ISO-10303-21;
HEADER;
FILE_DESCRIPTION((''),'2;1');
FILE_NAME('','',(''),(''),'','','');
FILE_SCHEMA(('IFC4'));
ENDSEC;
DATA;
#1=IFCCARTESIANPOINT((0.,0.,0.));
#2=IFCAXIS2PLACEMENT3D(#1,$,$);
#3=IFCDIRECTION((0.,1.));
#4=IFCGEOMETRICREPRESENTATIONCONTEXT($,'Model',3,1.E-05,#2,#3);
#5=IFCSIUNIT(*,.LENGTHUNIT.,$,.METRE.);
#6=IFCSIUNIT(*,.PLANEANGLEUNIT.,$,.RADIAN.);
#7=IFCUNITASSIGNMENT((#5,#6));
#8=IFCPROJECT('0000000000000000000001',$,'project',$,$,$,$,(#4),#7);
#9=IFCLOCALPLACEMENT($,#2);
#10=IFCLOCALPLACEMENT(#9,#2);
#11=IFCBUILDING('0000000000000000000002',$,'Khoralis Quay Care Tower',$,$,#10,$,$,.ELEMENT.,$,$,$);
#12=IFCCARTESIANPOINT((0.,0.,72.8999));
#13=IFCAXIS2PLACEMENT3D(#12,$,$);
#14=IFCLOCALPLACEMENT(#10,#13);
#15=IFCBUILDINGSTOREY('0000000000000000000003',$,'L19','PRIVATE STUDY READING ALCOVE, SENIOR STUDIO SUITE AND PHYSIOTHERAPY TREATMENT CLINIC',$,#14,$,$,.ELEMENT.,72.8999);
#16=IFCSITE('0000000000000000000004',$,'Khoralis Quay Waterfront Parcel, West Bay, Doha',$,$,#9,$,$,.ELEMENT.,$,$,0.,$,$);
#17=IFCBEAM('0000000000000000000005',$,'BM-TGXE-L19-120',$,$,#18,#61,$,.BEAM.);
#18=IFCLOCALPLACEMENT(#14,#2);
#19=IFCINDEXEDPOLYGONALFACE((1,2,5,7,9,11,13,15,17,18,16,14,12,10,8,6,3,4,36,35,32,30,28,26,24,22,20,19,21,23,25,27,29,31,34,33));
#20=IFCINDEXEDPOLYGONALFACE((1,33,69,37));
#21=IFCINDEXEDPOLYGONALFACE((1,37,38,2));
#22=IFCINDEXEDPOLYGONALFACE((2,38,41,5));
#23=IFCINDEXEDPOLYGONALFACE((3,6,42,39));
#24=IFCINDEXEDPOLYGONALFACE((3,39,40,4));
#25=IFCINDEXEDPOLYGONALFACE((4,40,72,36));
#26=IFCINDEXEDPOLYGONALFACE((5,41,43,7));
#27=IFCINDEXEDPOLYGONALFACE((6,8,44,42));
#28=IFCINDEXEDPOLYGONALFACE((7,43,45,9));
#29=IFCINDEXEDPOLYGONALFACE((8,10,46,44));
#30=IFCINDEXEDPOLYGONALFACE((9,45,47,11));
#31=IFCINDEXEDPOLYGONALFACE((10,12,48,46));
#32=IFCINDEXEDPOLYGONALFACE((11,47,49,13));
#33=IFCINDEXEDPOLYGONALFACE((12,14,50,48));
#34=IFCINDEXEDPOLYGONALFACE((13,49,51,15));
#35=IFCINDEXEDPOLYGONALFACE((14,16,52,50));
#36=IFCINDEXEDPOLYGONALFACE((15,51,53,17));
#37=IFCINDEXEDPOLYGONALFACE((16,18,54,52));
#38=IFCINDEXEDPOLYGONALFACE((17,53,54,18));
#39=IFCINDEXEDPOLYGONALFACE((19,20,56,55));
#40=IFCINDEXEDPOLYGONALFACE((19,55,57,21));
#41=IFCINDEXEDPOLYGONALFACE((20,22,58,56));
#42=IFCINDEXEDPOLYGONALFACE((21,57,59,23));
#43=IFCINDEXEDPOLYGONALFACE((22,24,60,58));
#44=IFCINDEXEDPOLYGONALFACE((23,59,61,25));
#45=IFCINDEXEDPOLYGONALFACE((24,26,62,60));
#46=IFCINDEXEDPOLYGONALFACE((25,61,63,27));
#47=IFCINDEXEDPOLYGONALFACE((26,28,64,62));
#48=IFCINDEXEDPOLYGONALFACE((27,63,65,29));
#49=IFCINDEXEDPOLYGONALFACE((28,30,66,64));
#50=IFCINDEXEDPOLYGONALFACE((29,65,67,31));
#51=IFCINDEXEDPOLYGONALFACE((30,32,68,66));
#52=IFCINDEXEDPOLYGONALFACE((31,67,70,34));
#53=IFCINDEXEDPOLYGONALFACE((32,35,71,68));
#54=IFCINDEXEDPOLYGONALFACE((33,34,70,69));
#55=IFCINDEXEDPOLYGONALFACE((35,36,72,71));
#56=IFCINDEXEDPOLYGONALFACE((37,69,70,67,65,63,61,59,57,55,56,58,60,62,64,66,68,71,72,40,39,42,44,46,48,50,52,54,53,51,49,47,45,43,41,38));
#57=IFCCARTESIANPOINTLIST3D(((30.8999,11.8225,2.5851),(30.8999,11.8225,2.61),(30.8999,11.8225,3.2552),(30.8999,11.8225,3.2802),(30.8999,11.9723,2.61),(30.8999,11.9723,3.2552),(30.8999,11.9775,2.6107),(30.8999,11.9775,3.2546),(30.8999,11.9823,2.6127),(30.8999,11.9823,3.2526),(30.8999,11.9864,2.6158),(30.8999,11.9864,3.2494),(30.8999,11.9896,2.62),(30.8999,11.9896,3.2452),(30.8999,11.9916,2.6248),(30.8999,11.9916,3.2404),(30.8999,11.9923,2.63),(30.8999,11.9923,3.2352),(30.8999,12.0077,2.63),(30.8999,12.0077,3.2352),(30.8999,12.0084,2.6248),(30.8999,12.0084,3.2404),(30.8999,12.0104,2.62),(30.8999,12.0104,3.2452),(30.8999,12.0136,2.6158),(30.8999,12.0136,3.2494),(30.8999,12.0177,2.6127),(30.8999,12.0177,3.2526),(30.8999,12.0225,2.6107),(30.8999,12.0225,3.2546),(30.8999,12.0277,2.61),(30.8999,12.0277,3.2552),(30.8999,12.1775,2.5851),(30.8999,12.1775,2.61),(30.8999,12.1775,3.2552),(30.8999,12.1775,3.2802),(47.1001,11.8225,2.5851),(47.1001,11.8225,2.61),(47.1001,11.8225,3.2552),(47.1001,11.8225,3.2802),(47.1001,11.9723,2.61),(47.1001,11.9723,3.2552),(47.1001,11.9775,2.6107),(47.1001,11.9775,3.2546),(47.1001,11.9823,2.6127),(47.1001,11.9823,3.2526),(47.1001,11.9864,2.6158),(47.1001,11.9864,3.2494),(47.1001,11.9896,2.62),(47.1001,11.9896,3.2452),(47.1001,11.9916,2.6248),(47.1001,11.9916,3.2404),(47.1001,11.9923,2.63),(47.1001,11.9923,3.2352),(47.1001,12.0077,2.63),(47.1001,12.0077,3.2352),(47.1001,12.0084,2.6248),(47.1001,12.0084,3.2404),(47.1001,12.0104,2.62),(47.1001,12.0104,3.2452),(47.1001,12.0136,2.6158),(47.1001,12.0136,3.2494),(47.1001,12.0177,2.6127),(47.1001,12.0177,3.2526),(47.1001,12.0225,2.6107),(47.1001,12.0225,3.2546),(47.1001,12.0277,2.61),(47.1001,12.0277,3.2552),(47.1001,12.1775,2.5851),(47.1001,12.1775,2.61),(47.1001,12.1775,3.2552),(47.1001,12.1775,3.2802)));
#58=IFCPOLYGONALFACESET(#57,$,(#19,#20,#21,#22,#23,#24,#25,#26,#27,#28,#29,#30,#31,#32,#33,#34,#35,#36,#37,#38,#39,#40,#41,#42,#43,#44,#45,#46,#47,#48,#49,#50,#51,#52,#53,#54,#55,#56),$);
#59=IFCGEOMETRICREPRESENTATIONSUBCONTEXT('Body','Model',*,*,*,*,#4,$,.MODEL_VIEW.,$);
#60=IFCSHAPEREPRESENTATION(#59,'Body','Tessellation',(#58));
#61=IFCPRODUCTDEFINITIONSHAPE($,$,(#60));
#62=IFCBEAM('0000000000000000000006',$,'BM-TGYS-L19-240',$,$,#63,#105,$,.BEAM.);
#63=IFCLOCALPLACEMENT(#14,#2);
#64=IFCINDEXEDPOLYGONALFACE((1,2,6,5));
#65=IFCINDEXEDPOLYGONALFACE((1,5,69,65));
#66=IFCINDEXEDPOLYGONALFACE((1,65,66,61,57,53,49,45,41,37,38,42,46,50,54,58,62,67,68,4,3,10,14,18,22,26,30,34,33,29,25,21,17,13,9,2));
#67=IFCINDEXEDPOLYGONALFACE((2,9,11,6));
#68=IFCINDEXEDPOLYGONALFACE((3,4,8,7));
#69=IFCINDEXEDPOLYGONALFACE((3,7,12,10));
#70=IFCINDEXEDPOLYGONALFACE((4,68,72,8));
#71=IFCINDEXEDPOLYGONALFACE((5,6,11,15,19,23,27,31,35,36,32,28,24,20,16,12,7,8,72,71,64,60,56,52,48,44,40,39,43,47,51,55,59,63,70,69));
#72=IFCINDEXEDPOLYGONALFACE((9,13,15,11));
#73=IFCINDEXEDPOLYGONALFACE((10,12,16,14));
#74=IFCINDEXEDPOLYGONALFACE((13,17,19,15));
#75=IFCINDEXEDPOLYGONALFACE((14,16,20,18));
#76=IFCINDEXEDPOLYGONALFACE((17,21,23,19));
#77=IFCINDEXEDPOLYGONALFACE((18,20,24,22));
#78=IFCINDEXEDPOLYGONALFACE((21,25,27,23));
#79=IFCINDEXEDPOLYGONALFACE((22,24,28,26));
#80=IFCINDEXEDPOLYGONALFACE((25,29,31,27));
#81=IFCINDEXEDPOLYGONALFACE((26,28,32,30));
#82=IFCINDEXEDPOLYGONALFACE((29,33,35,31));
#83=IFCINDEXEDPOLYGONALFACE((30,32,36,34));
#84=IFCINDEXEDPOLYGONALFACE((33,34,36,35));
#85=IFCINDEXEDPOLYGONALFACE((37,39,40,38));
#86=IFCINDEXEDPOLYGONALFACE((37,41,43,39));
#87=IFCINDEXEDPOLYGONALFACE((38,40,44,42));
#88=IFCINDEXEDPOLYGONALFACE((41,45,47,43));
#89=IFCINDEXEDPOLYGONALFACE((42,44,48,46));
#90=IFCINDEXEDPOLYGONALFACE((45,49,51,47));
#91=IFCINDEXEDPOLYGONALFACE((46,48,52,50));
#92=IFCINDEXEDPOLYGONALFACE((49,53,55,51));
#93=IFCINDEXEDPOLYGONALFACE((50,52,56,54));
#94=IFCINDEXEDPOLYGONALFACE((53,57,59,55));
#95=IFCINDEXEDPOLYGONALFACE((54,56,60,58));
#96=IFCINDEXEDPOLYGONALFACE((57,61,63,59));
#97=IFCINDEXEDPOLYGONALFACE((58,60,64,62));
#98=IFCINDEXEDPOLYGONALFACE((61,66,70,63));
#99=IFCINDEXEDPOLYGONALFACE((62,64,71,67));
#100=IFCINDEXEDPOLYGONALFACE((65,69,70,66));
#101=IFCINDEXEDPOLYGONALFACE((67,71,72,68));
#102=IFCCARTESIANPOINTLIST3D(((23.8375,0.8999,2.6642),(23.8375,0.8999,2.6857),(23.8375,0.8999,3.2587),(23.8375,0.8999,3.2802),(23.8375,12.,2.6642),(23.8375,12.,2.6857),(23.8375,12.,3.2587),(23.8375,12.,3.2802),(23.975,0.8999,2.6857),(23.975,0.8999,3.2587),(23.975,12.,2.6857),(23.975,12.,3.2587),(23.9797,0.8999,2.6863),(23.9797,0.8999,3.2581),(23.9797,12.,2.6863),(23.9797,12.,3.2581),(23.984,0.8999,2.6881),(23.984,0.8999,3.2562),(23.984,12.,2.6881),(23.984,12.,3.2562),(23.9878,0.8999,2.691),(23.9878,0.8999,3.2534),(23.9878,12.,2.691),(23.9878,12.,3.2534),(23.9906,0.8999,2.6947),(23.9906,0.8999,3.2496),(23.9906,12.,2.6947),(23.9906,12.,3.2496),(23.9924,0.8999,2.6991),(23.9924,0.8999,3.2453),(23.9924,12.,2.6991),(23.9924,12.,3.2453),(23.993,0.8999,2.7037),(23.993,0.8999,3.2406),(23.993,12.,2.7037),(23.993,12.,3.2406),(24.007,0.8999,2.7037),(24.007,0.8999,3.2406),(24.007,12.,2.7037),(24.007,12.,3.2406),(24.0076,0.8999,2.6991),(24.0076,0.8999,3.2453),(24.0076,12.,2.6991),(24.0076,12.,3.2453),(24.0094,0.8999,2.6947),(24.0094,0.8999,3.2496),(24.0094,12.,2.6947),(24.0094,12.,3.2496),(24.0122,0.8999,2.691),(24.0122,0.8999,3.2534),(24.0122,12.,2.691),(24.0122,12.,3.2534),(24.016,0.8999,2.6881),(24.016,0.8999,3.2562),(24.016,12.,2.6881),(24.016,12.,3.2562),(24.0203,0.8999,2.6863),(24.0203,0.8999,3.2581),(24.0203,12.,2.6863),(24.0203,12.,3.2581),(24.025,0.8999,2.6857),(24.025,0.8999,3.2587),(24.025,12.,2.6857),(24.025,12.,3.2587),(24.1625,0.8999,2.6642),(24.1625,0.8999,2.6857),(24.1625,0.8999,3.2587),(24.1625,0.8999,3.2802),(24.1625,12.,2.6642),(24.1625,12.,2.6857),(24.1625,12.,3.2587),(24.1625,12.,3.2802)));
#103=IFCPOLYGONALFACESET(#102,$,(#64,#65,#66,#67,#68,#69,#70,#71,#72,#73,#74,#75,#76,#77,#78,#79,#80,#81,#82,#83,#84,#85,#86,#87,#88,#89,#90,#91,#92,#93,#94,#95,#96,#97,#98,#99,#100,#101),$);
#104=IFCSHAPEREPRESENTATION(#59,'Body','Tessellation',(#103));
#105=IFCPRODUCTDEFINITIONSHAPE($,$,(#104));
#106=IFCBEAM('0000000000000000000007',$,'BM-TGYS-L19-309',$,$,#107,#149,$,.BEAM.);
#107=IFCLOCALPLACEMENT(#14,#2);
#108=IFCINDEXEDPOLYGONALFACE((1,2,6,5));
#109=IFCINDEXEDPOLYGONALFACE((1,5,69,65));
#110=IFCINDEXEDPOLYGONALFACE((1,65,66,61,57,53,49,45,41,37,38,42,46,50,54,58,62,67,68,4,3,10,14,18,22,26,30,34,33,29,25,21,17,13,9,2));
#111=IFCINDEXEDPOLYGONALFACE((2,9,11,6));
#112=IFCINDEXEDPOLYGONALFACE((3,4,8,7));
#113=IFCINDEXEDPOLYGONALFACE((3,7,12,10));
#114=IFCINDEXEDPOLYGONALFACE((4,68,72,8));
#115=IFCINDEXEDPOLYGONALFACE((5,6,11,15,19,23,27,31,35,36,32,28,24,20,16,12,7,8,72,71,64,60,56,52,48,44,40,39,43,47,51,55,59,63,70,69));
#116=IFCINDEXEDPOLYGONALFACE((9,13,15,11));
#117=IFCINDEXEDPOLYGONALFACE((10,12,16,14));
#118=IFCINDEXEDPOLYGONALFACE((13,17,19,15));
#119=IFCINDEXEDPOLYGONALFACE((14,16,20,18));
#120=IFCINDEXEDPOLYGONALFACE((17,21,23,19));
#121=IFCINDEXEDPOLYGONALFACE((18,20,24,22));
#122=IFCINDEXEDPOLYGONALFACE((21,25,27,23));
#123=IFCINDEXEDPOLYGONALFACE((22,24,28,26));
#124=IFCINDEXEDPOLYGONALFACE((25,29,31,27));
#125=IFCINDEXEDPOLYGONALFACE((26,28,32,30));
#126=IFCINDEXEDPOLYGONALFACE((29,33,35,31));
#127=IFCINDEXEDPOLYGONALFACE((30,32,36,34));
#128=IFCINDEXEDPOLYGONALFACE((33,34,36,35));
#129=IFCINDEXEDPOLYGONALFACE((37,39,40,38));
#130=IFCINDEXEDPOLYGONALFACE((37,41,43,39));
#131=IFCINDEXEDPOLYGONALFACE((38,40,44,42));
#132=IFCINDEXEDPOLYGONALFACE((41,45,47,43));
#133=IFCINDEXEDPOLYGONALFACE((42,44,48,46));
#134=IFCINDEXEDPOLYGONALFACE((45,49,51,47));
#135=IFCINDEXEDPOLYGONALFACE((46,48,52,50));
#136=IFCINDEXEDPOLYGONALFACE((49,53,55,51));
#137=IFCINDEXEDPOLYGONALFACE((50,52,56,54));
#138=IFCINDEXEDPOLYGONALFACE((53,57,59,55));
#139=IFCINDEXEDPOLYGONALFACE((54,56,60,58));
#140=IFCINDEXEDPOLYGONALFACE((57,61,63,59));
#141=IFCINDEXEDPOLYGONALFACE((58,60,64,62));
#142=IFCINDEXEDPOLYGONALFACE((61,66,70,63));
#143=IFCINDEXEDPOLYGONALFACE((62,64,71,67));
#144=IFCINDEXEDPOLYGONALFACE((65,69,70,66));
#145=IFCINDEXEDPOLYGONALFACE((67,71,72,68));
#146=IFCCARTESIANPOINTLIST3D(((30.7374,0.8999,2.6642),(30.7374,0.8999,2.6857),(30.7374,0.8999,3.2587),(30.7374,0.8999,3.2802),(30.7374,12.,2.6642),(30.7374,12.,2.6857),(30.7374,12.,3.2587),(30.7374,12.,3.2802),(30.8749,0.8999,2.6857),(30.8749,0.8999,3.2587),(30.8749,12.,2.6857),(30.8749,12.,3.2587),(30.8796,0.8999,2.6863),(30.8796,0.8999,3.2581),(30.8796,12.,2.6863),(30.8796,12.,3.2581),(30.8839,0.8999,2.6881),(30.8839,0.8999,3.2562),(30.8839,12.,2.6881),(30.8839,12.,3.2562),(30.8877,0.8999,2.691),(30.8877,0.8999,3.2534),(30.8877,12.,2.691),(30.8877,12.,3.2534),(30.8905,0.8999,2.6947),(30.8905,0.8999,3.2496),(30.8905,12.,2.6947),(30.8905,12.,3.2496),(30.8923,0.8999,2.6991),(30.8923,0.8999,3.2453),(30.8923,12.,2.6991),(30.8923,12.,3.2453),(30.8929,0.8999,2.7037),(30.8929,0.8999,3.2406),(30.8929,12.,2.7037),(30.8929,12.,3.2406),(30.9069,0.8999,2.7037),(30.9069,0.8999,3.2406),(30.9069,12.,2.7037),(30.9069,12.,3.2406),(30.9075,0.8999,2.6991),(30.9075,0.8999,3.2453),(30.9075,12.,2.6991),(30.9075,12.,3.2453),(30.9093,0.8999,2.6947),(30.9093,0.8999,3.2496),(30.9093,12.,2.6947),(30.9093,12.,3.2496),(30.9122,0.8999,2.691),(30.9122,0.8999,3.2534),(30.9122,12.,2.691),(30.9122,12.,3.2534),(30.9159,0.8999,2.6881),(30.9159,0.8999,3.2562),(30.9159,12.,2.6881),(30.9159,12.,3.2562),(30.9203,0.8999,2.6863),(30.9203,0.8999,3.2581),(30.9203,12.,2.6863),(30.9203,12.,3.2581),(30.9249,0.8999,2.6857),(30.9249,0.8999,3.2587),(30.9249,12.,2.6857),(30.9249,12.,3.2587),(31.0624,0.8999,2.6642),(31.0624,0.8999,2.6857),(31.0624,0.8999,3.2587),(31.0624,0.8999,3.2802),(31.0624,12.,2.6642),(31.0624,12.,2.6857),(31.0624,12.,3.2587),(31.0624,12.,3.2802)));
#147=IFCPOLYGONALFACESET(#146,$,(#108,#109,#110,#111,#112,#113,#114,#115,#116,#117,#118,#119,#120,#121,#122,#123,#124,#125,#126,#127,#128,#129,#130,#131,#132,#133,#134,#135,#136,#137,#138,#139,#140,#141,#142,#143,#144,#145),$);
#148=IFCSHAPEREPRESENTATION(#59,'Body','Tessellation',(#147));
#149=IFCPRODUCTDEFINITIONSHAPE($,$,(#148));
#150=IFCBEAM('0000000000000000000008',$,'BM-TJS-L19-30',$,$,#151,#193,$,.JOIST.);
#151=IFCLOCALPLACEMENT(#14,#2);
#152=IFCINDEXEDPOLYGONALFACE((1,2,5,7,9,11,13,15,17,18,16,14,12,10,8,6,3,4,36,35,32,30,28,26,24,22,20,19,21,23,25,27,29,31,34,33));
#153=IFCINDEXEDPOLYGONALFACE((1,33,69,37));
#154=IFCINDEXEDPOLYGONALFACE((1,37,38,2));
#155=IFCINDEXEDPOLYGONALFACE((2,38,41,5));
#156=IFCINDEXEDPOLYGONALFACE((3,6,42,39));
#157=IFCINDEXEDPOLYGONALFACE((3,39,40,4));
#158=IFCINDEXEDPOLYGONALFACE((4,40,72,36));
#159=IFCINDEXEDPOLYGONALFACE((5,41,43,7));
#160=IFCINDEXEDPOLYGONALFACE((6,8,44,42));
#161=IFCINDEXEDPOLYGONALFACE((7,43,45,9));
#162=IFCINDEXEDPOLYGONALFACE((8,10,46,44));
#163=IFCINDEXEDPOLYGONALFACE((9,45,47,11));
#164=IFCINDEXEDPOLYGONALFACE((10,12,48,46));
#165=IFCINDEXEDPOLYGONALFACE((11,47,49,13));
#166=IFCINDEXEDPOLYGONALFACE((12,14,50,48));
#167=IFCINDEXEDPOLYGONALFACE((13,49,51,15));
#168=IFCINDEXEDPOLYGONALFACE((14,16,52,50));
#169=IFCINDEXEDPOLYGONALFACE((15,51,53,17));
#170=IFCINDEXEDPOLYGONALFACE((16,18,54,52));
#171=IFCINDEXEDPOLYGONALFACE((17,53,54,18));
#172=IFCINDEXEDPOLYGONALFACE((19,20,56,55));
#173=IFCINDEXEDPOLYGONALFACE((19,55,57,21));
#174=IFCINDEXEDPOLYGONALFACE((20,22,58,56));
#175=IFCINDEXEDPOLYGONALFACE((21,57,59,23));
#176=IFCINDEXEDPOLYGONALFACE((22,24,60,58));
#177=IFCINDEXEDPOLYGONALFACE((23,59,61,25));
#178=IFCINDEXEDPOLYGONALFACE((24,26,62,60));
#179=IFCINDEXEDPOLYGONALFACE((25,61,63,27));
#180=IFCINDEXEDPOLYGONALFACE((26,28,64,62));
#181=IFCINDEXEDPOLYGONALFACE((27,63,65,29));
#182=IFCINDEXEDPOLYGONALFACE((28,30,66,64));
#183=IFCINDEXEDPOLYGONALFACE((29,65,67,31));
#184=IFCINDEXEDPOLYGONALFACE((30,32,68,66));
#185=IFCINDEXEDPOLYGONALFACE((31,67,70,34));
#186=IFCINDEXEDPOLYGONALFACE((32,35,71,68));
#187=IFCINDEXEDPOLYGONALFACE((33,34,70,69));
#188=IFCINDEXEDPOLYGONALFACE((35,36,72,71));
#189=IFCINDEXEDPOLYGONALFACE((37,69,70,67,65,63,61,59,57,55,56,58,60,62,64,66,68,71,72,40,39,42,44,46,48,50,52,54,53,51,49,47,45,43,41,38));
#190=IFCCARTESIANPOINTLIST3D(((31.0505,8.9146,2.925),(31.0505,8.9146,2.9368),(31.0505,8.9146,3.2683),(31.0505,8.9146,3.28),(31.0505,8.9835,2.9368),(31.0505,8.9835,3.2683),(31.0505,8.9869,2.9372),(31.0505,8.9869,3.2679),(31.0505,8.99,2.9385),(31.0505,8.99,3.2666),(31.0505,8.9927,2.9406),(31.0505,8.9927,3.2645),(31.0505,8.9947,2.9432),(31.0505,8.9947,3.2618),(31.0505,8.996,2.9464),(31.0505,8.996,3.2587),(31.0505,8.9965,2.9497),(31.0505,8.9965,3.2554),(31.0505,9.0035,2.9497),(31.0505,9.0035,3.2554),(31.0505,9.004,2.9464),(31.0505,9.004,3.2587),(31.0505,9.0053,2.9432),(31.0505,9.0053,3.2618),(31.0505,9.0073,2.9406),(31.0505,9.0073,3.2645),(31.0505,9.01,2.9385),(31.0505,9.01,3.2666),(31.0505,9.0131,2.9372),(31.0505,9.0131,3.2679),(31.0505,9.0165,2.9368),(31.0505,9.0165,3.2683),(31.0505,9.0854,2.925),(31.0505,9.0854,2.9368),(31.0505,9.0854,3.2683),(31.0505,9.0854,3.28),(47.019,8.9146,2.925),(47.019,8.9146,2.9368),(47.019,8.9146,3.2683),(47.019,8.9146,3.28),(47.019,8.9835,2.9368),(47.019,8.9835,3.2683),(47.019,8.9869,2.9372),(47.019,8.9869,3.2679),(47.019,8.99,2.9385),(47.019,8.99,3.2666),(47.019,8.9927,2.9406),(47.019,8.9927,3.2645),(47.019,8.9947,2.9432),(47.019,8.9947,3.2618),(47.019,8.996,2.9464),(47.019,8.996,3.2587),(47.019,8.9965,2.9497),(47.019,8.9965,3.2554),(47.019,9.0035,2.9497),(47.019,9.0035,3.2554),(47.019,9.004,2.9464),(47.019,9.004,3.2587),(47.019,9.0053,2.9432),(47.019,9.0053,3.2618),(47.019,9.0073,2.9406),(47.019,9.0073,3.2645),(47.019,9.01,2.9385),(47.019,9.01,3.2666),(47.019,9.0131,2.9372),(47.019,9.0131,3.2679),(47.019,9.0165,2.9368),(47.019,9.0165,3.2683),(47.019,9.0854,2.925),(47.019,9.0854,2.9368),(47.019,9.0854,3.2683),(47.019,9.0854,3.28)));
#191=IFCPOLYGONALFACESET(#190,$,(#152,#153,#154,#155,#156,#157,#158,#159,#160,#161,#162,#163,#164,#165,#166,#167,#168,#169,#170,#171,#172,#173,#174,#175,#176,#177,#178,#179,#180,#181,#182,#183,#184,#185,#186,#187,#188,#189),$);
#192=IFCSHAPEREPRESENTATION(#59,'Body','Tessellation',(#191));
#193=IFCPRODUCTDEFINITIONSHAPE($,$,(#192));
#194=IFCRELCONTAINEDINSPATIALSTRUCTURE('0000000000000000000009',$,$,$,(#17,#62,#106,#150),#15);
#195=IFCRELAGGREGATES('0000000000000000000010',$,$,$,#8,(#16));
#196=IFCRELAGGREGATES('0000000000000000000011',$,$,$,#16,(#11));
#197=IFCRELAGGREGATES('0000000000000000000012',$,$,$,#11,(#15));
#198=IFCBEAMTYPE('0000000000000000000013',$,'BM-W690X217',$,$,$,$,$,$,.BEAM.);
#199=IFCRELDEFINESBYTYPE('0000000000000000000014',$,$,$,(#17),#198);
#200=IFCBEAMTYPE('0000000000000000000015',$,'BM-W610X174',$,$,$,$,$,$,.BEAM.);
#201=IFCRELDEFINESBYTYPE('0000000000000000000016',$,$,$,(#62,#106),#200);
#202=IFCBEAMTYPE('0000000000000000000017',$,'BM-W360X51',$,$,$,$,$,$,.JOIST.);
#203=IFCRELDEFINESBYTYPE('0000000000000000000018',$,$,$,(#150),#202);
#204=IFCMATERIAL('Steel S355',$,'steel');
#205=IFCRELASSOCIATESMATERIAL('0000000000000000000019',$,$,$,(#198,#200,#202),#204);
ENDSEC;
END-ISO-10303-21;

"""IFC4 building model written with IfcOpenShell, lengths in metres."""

from ifc_helpers import new_model, si_unit, direction, frame, origin, origin_2d, place, context, subcontext, project, spatial, i_section, extrude, source, transform, mapped, material, material_profile, profile_set, type_object, element, save


model = new_model("IFC4")

# Units and contexts
model_context = context("Model", 3, precision=1e-05, world=origin(), true_north=direction((0.0, 1.0)))
body_context = subcontext(model_context, "Body", "Model", "MODEL_VIEW")
ifc_project = project(units=[si_unit("LENGTHUNIT", "METRE"), si_unit("PLANEANGLEUNIT", "RADIAN")], contexts=[model_context])

# Site, building, storey
site_placement = place(None, origin())
site = spatial("IfcSite", under=ifc_project, at=site_placement, Name="Khoralis Quay Waterfront Parcel, West Bay, Doha", CompositionType="ELEMENT", RefElevation=0.0)
building_placement = place(site_placement, origin())
building = spatial("IfcBuilding", under=site, at=building_placement, Name="Khoralis Quay Care Tower", CompositionType="ELEMENT")
storey_placement = place(building_placement, frame((0.0, 0.0, 72.8999)))
storey = spatial("IfcBuildingStorey", under=building, at=storey_placement, Name="L19", Description="PRIVATE STUDY READING ALCOVE, SENIOR STUDIO SUITE AND PHYSIOTHERAPY TREATMENT CLINIC", CompositionType="ELEMENT", Elevation=72.8999)

# Beams
ifc_material_1 = material(Name="Steel S355", Category="steel")
ifc_material_profile_1 = material_profile(ifc_material_1, i_section(OverallWidth=0.355, OverallDepth=0.6951, WebThickness=0.0154, FlangeThickness=0.0249, FilletRadius=0.02, at=origin_2d()), Name="Steel S355")
ifc_profile_set_1 = profile_set([ifc_material_profile_1], Name="Steel S355")
beam_type_1 = type_object("IfcBeamType", Name="BM-W690X217", PredefinedType="BEAM", material=ifc_profile_set_1)
shared_shape_1 = source(origin(), body_context, "Body", "SweptSolid", [
    extrude(i_section(OverallWidth=0.355, OverallDepth=0.6951, WebThickness=0.0154, FlangeThickness=0.0249, FilletRadius=0.02, at=origin_2d()), origin(), (0.0, 0.0, 1.0), 16.2002),
])
beam_1_placement = place(storey_placement, frame((30.8999, 12.0, 2.9326), z_axis=(1.0, 0.0, 0.0), x_axis=(0.0, 1.0, 0.0)))
element("IfcBeam", 1, at=beam_1_placement, inside=storey, type_object=beam_type_1, Name="BM-TGXE-L19-120", PredefinedType="BEAM", context=body_context, shape_type="MappedRepresentation", body=[
    mapped(shared_shape_1, transform((0.0, 0.0, 0.0), scale=1.0)),
])
ifc_material_profile_2 = material_profile(ifc_material_1, i_section(OverallWidth=0.325, OverallDepth=0.616, WebThickness=0.0139, FlangeThickness=0.0215, FilletRadius=0.0181, at=origin_2d()), Name="Steel S355")
ifc_profile_set_2 = profile_set([ifc_material_profile_2], Name="Steel S355")
beam_type_2 = type_object("IfcBeamType", Name="BM-W610X174", PredefinedType="BEAM", material=ifc_profile_set_2)
shared_shape_2 = source(origin(), body_context, "Body", "SweptSolid", [
    extrude(i_section(OverallWidth=0.325, OverallDepth=0.616, WebThickness=0.0139, FlangeThickness=0.0215, FilletRadius=0.0181, at=origin_2d()), origin(), (0.0, 0.0, 1.0), 11.1001),
])
for number, where, z_axis, x_axis, name in (
    (2, (24.0, 0.8999, 2.9722), (0.0, 1.0, 0.0), (-1.0, 0.0, 0.0), "BM-TGYS-L19-240"),
    (3, (30.8999, 0.8999, 2.9722), (0.0, 1.0, 0.0), (-1.0, 0.0, 0.0), "BM-TGYS-L19-309"),
):
    element("IfcBeam", number, at=place(storey_placement, frame(where, z_axis=z_axis, x_axis=x_axis)), inside=storey, type_object=beam_type_2, Name=name, PredefinedType="BEAM", context=body_context, shape_type="MappedRepresentation", body=[
        mapped(shared_shape_2, transform((0.0, 0.0, 0.0), scale=1.0)),
    ])
ifc_material_profile_3 = material_profile(ifc_material_1, i_section(OverallWidth=0.1709, OverallDepth=0.355, WebThickness=0.0071, FlangeThickness=0.0117, FilletRadius=0.0129, at=origin_2d()), Name="Steel S355")
ifc_profile_set_3 = profile_set([ifc_material_profile_3], Name="Steel S355")
beam_type_3 = type_object("IfcBeamType", Name="BM-W360X51", PredefinedType="JOIST", material=ifc_profile_set_3)
shared_shape_3 = source(origin(), body_context, "Body", "SweptSolid", [
    extrude(i_section(OverallWidth=0.1709, OverallDepth=0.355, WebThickness=0.0071, FlangeThickness=0.0117, FilletRadius=0.0129, at=origin_2d()), origin(), (0.0, 0.0, 1.0), 15.9685),
])
beam_2_placement = place(storey_placement, frame((31.0505, 9.0, 3.1025), z_axis=(1.0, 0.0, 0.0), x_axis=(0.0, 1.0, 0.0)))
element("IfcBeam", 4, at=beam_2_placement, inside=storey, type_object=beam_type_3, Name="BM-TJS-L19-30", PredefinedType="JOIST", context=body_context, shape_type="MappedRepresentation", body=[
    mapped(shared_shape_3, transform((0.0, 0.0, 0.0), scale=1.0)),
])

save(model, "model.ifc")
